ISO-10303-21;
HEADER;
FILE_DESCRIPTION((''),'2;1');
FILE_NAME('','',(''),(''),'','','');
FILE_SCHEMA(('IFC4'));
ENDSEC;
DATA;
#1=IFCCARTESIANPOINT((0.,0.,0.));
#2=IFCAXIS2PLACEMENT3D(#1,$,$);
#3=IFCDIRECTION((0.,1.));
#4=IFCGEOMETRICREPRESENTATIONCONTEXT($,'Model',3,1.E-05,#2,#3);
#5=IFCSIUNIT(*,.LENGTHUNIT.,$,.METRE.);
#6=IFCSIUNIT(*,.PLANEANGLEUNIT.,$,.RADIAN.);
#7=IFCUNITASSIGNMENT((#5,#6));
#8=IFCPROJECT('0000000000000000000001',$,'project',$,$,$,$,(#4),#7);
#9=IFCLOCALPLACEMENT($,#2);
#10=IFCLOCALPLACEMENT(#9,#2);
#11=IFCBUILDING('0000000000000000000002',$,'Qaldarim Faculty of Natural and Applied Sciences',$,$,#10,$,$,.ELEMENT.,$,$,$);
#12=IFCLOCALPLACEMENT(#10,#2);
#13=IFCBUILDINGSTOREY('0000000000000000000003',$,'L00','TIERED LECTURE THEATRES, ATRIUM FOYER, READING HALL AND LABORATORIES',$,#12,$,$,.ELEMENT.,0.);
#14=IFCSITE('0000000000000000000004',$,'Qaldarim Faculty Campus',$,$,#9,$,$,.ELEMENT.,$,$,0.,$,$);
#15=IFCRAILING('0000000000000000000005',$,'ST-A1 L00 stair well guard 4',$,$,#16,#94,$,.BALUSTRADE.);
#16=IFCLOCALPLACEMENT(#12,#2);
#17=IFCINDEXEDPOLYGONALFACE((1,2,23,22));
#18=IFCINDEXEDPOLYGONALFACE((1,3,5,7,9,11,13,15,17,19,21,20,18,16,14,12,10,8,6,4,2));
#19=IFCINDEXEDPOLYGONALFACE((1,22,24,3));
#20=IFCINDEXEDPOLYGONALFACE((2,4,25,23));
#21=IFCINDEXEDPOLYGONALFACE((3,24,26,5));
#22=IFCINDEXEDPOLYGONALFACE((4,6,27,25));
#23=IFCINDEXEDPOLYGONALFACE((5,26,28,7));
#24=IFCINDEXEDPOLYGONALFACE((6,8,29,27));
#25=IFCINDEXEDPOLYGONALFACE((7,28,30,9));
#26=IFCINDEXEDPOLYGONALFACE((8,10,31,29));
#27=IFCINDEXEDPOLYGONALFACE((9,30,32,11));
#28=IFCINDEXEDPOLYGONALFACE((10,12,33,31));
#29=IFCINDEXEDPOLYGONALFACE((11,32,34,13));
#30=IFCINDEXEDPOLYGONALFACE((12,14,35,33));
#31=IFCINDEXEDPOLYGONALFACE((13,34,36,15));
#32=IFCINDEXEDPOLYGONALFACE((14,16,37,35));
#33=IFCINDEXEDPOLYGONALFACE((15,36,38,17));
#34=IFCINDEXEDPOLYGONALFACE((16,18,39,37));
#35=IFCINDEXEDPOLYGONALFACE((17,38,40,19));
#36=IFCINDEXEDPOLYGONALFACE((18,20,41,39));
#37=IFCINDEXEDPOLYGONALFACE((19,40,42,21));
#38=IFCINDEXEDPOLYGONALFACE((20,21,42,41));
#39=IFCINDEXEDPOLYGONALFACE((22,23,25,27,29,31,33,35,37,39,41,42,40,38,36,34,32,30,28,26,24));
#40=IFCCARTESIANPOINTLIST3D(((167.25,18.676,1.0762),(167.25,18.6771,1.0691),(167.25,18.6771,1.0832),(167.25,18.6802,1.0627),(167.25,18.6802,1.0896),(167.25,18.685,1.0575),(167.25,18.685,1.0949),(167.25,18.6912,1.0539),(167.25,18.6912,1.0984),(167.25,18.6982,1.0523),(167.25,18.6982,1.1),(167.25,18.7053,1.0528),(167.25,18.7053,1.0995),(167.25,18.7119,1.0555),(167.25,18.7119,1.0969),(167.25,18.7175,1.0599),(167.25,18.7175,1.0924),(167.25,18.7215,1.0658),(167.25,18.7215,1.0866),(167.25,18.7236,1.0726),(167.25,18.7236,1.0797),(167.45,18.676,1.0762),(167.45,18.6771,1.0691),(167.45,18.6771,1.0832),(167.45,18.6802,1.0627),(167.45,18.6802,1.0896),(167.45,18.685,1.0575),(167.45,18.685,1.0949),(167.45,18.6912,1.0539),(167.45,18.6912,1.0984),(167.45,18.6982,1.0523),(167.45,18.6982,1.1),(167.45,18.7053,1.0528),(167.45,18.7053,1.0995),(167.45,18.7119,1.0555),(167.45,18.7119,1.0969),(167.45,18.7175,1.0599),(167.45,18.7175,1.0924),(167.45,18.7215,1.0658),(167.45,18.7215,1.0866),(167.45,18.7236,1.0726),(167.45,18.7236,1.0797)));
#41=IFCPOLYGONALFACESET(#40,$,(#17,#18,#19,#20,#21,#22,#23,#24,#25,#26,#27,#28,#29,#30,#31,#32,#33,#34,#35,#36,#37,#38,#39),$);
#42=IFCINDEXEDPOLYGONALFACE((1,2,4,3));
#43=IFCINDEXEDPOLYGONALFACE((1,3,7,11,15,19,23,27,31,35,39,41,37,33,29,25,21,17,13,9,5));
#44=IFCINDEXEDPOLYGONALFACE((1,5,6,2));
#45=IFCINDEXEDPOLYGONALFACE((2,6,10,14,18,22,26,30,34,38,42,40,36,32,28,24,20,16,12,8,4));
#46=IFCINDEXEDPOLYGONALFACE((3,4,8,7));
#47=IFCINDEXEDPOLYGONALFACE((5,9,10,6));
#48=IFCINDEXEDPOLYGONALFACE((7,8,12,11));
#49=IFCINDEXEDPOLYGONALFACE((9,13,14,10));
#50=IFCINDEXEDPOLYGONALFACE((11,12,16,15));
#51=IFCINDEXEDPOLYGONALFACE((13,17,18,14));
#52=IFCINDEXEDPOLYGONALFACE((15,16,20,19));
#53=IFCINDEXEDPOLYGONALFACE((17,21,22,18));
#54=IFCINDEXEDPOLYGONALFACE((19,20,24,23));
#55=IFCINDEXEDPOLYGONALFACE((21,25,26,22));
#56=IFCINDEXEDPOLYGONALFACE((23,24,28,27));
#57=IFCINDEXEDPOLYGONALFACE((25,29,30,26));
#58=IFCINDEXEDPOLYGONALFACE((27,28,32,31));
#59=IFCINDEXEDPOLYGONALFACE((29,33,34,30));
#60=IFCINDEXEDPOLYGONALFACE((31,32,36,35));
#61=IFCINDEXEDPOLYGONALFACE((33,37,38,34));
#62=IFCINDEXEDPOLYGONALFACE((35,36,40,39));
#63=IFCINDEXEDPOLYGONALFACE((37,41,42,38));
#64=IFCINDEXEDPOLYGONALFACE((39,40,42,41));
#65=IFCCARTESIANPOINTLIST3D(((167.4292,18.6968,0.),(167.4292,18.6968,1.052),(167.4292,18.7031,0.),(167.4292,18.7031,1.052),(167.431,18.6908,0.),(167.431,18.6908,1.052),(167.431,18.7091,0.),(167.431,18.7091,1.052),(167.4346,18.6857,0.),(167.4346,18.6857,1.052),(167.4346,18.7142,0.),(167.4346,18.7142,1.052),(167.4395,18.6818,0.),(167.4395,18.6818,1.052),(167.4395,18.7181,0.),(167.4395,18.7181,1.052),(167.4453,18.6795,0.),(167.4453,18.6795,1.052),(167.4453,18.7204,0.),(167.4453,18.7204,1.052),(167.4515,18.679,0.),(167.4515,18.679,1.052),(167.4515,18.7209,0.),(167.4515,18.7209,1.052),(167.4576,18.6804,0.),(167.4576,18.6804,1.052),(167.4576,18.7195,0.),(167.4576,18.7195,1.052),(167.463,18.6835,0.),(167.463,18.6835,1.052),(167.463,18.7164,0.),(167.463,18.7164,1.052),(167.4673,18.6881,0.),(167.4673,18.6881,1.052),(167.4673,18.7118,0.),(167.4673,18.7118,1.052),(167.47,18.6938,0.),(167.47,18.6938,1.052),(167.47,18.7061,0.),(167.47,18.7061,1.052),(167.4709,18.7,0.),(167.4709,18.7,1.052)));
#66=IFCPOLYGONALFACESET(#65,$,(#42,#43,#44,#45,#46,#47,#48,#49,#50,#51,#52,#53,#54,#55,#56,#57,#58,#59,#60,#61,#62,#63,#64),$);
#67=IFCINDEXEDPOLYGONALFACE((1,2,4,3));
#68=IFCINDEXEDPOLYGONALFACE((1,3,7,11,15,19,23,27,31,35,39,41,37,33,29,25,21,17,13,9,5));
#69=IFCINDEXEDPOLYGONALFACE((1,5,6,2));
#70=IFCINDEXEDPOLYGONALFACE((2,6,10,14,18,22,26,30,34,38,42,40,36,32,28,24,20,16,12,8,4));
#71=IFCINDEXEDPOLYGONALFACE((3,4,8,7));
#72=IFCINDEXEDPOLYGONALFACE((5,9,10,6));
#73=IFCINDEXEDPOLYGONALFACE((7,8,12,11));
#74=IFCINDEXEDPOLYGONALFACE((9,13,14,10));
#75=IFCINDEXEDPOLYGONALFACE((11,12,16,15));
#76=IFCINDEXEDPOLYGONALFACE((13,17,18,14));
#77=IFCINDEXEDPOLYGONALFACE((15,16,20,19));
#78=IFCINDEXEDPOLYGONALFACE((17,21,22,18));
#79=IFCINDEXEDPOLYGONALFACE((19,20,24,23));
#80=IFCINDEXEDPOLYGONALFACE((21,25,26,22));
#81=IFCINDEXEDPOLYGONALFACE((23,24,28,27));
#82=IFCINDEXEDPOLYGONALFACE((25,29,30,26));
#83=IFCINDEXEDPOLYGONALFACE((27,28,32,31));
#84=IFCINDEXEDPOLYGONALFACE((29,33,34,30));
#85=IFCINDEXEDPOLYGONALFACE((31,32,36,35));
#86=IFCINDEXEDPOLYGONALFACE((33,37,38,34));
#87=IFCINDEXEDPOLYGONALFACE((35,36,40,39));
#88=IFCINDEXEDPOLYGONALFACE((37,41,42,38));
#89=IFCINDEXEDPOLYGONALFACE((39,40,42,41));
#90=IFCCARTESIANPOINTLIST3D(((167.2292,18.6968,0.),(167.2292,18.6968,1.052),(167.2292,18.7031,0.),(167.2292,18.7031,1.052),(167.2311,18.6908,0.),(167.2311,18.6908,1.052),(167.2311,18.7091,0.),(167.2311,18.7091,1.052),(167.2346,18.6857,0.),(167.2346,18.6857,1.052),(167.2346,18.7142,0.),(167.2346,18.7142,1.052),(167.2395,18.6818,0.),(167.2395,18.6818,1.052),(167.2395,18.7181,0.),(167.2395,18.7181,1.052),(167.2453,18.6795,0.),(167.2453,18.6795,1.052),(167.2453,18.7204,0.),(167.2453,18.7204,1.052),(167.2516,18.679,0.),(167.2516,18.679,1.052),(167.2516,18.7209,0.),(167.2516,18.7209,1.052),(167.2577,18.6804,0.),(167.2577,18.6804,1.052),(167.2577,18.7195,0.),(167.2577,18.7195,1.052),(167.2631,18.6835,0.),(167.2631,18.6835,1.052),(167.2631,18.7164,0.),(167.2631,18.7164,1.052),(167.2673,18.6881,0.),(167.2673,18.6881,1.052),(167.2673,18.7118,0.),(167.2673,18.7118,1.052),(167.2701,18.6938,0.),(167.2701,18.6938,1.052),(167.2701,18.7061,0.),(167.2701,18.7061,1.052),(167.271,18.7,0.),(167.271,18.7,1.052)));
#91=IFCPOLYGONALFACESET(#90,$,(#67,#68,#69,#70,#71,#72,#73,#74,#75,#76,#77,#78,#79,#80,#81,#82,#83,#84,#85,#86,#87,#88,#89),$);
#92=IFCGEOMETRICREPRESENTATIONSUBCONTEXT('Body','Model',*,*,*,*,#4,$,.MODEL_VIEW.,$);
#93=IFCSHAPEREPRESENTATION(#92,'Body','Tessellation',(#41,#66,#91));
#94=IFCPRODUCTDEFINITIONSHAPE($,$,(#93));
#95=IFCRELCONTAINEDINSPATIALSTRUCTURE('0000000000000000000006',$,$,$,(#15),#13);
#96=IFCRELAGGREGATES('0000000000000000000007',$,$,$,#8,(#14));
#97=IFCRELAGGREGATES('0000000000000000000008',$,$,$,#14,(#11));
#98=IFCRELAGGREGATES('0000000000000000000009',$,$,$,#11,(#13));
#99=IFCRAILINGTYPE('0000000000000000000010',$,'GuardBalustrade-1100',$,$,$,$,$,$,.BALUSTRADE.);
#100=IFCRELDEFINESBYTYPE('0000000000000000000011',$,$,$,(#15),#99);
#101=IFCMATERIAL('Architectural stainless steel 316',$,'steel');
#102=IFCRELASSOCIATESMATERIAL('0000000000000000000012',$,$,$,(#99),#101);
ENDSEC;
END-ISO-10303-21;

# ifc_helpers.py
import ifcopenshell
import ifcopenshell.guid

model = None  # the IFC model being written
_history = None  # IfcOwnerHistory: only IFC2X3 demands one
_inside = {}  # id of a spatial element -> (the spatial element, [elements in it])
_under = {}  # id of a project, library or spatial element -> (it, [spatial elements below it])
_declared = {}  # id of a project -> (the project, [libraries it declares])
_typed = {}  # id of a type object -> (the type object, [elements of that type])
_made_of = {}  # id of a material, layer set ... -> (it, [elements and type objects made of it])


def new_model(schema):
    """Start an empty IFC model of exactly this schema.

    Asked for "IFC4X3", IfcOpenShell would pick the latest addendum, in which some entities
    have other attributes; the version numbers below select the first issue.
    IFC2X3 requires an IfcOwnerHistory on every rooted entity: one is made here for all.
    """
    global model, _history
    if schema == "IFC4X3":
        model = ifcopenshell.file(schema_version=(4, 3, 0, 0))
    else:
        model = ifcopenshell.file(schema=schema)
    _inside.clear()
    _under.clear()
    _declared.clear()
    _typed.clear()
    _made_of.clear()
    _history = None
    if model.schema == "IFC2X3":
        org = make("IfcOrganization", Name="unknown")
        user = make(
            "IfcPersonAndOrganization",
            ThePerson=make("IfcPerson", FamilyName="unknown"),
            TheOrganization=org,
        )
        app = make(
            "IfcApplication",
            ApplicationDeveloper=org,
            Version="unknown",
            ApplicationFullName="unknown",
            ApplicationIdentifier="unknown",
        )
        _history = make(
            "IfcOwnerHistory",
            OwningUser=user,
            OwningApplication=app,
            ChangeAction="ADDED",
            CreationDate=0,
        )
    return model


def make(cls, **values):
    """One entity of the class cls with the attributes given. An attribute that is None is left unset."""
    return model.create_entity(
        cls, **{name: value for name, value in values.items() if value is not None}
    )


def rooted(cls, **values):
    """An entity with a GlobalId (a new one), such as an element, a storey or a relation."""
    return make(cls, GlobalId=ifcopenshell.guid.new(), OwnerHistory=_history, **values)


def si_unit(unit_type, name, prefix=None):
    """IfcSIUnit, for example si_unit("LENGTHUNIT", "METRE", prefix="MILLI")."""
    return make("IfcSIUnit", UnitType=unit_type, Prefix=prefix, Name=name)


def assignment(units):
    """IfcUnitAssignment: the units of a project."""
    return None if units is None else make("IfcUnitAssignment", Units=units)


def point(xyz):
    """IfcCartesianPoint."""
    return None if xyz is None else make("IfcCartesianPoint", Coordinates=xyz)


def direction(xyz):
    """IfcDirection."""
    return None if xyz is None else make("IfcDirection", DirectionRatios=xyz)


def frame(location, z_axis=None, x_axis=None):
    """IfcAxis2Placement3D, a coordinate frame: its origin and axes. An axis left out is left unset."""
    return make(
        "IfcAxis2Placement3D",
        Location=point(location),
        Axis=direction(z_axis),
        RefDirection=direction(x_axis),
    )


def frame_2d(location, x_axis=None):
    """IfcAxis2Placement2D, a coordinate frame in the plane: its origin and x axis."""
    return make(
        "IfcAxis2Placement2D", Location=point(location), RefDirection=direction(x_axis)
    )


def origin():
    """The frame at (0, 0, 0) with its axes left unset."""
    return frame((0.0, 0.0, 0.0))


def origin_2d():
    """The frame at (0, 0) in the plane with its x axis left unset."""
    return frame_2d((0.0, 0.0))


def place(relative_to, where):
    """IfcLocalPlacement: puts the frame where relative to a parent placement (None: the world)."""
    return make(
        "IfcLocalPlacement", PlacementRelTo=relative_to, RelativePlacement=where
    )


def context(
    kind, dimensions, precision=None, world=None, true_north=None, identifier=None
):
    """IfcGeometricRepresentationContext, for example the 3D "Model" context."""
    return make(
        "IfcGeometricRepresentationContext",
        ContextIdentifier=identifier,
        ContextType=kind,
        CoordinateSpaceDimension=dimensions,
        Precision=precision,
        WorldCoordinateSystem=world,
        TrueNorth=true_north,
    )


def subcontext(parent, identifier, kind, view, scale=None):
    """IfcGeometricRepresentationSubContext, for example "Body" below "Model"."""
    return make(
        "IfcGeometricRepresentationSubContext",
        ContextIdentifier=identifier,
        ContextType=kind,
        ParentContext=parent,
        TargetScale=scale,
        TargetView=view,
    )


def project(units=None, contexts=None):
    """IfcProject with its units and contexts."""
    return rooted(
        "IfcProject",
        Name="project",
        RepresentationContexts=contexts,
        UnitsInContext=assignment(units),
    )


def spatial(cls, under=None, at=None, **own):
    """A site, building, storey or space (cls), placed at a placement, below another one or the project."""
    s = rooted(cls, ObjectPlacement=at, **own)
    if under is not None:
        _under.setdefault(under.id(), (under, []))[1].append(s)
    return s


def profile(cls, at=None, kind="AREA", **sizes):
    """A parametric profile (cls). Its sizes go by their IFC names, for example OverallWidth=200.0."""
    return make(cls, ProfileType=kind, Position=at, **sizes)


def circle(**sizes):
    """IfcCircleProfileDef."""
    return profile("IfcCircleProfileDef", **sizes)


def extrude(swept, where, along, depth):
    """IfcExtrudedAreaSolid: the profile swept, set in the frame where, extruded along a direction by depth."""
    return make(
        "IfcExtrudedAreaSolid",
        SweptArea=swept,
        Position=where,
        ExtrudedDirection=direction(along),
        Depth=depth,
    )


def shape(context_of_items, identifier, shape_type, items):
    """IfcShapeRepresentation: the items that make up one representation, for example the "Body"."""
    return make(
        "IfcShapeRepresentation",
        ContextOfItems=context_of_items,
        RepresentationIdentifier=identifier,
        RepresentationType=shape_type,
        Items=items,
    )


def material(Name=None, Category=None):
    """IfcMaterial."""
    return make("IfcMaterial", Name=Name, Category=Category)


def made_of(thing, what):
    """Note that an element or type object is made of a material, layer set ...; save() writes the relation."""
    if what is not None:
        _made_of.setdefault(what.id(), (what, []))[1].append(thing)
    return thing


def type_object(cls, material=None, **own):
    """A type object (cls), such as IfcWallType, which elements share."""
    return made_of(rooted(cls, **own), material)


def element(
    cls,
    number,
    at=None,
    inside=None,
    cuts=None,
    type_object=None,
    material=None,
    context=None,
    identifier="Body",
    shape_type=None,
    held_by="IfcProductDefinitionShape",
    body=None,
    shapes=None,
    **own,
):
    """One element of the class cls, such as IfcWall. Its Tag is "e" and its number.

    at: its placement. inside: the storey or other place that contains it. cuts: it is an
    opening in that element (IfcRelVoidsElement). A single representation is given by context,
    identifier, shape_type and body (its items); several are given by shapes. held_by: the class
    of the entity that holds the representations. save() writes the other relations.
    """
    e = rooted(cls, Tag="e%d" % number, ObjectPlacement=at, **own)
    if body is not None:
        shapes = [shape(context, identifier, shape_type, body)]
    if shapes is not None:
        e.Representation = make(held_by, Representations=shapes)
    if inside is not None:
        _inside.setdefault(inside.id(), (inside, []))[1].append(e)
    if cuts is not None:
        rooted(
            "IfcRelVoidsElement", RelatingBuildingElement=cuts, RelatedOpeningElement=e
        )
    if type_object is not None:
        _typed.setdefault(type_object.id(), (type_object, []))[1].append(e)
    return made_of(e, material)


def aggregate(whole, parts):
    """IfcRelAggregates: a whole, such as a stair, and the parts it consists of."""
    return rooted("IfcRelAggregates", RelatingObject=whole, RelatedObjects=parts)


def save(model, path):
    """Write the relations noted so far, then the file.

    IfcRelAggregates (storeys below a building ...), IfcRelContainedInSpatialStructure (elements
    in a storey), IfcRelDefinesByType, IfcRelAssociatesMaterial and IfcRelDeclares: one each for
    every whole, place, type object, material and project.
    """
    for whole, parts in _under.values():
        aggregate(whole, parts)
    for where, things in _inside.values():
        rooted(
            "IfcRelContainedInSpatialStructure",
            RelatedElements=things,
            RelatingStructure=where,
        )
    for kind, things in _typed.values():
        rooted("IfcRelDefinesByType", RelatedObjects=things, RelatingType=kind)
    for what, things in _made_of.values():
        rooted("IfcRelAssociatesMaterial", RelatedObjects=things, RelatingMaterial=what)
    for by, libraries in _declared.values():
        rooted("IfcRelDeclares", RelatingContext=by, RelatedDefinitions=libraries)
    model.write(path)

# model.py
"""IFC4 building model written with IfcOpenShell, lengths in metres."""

from ifc_helpers import new_model, si_unit, direction, frame, origin, origin_2d, place, context, subcontext, project, spatial, circle, extrude, material, type_object, element, save


model = new_model("IFC4")

# Units and contexts
model_context = context("Model", 3, precision=1e-05, world=origin(), true_north=direction((0.0, 1.0)))
body_context = subcontext(model_context, "Body", "Model", "MODEL_VIEW")
ifc_project = project(units=[si_unit("LENGTHUNIT", "METRE"), si_unit("PLANEANGLEUNIT", "RADIAN")], contexts=[model_context])

# Site, building, storey
site_placement = place(None, origin())
site = spatial("IfcSite", under=ifc_project, at=site_placement, Name="Qaldarim Faculty Campus", CompositionType="ELEMENT", RefElevation=0.0)
building_placement = place(site_placement, origin())
building = spatial("IfcBuilding", under=site, at=building_placement, Name="Qaldarim Faculty of Natural and Applied Sciences", CompositionType="ELEMENT")
storey_placement = place(building_placement, origin())
storey = spatial("IfcBuildingStorey", under=building, at=storey_placement, Name="L00", Description="TIERED LECTURE THEATRES, ATRIUM FOYER, READING HALL AND LABORATORIES", CompositionType="ELEMENT", Elevation=0.0)

# Shared definitions
ifc_material_1 = material(Name="Architectural stainless steel 316", Category="steel")

# Railing
railing_type_1 = type_object("IfcRailingType", Name="GuardBalustrade-1100", PredefinedType="BALUSTRADE", material=ifc_material_1)
railing_1_placement = place(storey_placement, frame((167.45, 18.7, 0.0)))
element("IfcRailing", 1, at=railing_1_placement, inside=storey, type_object=railing_type_1, Name="ST-A1 L00 stair well guard 4", PredefinedType="BALUSTRADE", context=body_context, shape_type="SweptSolid", body=[
    extrude(circle(Radius=0.0239, at=origin_2d()), frame((0.0, 0.0, 1.0762), z_axis=(-1.0, 0.0, 0.0), x_axis=(0.0, -1.0, 0.0)), (0.0, 0.0, 1.0), 0.2),
    extrude(circle(Radius=0.021, at=origin_2d()), origin(), (0.0, 0.0, 1.0), 1.052),
    extrude(circle(Radius=0.021, at=origin_2d()), frame((-0.2, 0.0, 0.0)), (0.0, 0.0, 1.0), 1.052),
])

save(model, "model.ifc")
